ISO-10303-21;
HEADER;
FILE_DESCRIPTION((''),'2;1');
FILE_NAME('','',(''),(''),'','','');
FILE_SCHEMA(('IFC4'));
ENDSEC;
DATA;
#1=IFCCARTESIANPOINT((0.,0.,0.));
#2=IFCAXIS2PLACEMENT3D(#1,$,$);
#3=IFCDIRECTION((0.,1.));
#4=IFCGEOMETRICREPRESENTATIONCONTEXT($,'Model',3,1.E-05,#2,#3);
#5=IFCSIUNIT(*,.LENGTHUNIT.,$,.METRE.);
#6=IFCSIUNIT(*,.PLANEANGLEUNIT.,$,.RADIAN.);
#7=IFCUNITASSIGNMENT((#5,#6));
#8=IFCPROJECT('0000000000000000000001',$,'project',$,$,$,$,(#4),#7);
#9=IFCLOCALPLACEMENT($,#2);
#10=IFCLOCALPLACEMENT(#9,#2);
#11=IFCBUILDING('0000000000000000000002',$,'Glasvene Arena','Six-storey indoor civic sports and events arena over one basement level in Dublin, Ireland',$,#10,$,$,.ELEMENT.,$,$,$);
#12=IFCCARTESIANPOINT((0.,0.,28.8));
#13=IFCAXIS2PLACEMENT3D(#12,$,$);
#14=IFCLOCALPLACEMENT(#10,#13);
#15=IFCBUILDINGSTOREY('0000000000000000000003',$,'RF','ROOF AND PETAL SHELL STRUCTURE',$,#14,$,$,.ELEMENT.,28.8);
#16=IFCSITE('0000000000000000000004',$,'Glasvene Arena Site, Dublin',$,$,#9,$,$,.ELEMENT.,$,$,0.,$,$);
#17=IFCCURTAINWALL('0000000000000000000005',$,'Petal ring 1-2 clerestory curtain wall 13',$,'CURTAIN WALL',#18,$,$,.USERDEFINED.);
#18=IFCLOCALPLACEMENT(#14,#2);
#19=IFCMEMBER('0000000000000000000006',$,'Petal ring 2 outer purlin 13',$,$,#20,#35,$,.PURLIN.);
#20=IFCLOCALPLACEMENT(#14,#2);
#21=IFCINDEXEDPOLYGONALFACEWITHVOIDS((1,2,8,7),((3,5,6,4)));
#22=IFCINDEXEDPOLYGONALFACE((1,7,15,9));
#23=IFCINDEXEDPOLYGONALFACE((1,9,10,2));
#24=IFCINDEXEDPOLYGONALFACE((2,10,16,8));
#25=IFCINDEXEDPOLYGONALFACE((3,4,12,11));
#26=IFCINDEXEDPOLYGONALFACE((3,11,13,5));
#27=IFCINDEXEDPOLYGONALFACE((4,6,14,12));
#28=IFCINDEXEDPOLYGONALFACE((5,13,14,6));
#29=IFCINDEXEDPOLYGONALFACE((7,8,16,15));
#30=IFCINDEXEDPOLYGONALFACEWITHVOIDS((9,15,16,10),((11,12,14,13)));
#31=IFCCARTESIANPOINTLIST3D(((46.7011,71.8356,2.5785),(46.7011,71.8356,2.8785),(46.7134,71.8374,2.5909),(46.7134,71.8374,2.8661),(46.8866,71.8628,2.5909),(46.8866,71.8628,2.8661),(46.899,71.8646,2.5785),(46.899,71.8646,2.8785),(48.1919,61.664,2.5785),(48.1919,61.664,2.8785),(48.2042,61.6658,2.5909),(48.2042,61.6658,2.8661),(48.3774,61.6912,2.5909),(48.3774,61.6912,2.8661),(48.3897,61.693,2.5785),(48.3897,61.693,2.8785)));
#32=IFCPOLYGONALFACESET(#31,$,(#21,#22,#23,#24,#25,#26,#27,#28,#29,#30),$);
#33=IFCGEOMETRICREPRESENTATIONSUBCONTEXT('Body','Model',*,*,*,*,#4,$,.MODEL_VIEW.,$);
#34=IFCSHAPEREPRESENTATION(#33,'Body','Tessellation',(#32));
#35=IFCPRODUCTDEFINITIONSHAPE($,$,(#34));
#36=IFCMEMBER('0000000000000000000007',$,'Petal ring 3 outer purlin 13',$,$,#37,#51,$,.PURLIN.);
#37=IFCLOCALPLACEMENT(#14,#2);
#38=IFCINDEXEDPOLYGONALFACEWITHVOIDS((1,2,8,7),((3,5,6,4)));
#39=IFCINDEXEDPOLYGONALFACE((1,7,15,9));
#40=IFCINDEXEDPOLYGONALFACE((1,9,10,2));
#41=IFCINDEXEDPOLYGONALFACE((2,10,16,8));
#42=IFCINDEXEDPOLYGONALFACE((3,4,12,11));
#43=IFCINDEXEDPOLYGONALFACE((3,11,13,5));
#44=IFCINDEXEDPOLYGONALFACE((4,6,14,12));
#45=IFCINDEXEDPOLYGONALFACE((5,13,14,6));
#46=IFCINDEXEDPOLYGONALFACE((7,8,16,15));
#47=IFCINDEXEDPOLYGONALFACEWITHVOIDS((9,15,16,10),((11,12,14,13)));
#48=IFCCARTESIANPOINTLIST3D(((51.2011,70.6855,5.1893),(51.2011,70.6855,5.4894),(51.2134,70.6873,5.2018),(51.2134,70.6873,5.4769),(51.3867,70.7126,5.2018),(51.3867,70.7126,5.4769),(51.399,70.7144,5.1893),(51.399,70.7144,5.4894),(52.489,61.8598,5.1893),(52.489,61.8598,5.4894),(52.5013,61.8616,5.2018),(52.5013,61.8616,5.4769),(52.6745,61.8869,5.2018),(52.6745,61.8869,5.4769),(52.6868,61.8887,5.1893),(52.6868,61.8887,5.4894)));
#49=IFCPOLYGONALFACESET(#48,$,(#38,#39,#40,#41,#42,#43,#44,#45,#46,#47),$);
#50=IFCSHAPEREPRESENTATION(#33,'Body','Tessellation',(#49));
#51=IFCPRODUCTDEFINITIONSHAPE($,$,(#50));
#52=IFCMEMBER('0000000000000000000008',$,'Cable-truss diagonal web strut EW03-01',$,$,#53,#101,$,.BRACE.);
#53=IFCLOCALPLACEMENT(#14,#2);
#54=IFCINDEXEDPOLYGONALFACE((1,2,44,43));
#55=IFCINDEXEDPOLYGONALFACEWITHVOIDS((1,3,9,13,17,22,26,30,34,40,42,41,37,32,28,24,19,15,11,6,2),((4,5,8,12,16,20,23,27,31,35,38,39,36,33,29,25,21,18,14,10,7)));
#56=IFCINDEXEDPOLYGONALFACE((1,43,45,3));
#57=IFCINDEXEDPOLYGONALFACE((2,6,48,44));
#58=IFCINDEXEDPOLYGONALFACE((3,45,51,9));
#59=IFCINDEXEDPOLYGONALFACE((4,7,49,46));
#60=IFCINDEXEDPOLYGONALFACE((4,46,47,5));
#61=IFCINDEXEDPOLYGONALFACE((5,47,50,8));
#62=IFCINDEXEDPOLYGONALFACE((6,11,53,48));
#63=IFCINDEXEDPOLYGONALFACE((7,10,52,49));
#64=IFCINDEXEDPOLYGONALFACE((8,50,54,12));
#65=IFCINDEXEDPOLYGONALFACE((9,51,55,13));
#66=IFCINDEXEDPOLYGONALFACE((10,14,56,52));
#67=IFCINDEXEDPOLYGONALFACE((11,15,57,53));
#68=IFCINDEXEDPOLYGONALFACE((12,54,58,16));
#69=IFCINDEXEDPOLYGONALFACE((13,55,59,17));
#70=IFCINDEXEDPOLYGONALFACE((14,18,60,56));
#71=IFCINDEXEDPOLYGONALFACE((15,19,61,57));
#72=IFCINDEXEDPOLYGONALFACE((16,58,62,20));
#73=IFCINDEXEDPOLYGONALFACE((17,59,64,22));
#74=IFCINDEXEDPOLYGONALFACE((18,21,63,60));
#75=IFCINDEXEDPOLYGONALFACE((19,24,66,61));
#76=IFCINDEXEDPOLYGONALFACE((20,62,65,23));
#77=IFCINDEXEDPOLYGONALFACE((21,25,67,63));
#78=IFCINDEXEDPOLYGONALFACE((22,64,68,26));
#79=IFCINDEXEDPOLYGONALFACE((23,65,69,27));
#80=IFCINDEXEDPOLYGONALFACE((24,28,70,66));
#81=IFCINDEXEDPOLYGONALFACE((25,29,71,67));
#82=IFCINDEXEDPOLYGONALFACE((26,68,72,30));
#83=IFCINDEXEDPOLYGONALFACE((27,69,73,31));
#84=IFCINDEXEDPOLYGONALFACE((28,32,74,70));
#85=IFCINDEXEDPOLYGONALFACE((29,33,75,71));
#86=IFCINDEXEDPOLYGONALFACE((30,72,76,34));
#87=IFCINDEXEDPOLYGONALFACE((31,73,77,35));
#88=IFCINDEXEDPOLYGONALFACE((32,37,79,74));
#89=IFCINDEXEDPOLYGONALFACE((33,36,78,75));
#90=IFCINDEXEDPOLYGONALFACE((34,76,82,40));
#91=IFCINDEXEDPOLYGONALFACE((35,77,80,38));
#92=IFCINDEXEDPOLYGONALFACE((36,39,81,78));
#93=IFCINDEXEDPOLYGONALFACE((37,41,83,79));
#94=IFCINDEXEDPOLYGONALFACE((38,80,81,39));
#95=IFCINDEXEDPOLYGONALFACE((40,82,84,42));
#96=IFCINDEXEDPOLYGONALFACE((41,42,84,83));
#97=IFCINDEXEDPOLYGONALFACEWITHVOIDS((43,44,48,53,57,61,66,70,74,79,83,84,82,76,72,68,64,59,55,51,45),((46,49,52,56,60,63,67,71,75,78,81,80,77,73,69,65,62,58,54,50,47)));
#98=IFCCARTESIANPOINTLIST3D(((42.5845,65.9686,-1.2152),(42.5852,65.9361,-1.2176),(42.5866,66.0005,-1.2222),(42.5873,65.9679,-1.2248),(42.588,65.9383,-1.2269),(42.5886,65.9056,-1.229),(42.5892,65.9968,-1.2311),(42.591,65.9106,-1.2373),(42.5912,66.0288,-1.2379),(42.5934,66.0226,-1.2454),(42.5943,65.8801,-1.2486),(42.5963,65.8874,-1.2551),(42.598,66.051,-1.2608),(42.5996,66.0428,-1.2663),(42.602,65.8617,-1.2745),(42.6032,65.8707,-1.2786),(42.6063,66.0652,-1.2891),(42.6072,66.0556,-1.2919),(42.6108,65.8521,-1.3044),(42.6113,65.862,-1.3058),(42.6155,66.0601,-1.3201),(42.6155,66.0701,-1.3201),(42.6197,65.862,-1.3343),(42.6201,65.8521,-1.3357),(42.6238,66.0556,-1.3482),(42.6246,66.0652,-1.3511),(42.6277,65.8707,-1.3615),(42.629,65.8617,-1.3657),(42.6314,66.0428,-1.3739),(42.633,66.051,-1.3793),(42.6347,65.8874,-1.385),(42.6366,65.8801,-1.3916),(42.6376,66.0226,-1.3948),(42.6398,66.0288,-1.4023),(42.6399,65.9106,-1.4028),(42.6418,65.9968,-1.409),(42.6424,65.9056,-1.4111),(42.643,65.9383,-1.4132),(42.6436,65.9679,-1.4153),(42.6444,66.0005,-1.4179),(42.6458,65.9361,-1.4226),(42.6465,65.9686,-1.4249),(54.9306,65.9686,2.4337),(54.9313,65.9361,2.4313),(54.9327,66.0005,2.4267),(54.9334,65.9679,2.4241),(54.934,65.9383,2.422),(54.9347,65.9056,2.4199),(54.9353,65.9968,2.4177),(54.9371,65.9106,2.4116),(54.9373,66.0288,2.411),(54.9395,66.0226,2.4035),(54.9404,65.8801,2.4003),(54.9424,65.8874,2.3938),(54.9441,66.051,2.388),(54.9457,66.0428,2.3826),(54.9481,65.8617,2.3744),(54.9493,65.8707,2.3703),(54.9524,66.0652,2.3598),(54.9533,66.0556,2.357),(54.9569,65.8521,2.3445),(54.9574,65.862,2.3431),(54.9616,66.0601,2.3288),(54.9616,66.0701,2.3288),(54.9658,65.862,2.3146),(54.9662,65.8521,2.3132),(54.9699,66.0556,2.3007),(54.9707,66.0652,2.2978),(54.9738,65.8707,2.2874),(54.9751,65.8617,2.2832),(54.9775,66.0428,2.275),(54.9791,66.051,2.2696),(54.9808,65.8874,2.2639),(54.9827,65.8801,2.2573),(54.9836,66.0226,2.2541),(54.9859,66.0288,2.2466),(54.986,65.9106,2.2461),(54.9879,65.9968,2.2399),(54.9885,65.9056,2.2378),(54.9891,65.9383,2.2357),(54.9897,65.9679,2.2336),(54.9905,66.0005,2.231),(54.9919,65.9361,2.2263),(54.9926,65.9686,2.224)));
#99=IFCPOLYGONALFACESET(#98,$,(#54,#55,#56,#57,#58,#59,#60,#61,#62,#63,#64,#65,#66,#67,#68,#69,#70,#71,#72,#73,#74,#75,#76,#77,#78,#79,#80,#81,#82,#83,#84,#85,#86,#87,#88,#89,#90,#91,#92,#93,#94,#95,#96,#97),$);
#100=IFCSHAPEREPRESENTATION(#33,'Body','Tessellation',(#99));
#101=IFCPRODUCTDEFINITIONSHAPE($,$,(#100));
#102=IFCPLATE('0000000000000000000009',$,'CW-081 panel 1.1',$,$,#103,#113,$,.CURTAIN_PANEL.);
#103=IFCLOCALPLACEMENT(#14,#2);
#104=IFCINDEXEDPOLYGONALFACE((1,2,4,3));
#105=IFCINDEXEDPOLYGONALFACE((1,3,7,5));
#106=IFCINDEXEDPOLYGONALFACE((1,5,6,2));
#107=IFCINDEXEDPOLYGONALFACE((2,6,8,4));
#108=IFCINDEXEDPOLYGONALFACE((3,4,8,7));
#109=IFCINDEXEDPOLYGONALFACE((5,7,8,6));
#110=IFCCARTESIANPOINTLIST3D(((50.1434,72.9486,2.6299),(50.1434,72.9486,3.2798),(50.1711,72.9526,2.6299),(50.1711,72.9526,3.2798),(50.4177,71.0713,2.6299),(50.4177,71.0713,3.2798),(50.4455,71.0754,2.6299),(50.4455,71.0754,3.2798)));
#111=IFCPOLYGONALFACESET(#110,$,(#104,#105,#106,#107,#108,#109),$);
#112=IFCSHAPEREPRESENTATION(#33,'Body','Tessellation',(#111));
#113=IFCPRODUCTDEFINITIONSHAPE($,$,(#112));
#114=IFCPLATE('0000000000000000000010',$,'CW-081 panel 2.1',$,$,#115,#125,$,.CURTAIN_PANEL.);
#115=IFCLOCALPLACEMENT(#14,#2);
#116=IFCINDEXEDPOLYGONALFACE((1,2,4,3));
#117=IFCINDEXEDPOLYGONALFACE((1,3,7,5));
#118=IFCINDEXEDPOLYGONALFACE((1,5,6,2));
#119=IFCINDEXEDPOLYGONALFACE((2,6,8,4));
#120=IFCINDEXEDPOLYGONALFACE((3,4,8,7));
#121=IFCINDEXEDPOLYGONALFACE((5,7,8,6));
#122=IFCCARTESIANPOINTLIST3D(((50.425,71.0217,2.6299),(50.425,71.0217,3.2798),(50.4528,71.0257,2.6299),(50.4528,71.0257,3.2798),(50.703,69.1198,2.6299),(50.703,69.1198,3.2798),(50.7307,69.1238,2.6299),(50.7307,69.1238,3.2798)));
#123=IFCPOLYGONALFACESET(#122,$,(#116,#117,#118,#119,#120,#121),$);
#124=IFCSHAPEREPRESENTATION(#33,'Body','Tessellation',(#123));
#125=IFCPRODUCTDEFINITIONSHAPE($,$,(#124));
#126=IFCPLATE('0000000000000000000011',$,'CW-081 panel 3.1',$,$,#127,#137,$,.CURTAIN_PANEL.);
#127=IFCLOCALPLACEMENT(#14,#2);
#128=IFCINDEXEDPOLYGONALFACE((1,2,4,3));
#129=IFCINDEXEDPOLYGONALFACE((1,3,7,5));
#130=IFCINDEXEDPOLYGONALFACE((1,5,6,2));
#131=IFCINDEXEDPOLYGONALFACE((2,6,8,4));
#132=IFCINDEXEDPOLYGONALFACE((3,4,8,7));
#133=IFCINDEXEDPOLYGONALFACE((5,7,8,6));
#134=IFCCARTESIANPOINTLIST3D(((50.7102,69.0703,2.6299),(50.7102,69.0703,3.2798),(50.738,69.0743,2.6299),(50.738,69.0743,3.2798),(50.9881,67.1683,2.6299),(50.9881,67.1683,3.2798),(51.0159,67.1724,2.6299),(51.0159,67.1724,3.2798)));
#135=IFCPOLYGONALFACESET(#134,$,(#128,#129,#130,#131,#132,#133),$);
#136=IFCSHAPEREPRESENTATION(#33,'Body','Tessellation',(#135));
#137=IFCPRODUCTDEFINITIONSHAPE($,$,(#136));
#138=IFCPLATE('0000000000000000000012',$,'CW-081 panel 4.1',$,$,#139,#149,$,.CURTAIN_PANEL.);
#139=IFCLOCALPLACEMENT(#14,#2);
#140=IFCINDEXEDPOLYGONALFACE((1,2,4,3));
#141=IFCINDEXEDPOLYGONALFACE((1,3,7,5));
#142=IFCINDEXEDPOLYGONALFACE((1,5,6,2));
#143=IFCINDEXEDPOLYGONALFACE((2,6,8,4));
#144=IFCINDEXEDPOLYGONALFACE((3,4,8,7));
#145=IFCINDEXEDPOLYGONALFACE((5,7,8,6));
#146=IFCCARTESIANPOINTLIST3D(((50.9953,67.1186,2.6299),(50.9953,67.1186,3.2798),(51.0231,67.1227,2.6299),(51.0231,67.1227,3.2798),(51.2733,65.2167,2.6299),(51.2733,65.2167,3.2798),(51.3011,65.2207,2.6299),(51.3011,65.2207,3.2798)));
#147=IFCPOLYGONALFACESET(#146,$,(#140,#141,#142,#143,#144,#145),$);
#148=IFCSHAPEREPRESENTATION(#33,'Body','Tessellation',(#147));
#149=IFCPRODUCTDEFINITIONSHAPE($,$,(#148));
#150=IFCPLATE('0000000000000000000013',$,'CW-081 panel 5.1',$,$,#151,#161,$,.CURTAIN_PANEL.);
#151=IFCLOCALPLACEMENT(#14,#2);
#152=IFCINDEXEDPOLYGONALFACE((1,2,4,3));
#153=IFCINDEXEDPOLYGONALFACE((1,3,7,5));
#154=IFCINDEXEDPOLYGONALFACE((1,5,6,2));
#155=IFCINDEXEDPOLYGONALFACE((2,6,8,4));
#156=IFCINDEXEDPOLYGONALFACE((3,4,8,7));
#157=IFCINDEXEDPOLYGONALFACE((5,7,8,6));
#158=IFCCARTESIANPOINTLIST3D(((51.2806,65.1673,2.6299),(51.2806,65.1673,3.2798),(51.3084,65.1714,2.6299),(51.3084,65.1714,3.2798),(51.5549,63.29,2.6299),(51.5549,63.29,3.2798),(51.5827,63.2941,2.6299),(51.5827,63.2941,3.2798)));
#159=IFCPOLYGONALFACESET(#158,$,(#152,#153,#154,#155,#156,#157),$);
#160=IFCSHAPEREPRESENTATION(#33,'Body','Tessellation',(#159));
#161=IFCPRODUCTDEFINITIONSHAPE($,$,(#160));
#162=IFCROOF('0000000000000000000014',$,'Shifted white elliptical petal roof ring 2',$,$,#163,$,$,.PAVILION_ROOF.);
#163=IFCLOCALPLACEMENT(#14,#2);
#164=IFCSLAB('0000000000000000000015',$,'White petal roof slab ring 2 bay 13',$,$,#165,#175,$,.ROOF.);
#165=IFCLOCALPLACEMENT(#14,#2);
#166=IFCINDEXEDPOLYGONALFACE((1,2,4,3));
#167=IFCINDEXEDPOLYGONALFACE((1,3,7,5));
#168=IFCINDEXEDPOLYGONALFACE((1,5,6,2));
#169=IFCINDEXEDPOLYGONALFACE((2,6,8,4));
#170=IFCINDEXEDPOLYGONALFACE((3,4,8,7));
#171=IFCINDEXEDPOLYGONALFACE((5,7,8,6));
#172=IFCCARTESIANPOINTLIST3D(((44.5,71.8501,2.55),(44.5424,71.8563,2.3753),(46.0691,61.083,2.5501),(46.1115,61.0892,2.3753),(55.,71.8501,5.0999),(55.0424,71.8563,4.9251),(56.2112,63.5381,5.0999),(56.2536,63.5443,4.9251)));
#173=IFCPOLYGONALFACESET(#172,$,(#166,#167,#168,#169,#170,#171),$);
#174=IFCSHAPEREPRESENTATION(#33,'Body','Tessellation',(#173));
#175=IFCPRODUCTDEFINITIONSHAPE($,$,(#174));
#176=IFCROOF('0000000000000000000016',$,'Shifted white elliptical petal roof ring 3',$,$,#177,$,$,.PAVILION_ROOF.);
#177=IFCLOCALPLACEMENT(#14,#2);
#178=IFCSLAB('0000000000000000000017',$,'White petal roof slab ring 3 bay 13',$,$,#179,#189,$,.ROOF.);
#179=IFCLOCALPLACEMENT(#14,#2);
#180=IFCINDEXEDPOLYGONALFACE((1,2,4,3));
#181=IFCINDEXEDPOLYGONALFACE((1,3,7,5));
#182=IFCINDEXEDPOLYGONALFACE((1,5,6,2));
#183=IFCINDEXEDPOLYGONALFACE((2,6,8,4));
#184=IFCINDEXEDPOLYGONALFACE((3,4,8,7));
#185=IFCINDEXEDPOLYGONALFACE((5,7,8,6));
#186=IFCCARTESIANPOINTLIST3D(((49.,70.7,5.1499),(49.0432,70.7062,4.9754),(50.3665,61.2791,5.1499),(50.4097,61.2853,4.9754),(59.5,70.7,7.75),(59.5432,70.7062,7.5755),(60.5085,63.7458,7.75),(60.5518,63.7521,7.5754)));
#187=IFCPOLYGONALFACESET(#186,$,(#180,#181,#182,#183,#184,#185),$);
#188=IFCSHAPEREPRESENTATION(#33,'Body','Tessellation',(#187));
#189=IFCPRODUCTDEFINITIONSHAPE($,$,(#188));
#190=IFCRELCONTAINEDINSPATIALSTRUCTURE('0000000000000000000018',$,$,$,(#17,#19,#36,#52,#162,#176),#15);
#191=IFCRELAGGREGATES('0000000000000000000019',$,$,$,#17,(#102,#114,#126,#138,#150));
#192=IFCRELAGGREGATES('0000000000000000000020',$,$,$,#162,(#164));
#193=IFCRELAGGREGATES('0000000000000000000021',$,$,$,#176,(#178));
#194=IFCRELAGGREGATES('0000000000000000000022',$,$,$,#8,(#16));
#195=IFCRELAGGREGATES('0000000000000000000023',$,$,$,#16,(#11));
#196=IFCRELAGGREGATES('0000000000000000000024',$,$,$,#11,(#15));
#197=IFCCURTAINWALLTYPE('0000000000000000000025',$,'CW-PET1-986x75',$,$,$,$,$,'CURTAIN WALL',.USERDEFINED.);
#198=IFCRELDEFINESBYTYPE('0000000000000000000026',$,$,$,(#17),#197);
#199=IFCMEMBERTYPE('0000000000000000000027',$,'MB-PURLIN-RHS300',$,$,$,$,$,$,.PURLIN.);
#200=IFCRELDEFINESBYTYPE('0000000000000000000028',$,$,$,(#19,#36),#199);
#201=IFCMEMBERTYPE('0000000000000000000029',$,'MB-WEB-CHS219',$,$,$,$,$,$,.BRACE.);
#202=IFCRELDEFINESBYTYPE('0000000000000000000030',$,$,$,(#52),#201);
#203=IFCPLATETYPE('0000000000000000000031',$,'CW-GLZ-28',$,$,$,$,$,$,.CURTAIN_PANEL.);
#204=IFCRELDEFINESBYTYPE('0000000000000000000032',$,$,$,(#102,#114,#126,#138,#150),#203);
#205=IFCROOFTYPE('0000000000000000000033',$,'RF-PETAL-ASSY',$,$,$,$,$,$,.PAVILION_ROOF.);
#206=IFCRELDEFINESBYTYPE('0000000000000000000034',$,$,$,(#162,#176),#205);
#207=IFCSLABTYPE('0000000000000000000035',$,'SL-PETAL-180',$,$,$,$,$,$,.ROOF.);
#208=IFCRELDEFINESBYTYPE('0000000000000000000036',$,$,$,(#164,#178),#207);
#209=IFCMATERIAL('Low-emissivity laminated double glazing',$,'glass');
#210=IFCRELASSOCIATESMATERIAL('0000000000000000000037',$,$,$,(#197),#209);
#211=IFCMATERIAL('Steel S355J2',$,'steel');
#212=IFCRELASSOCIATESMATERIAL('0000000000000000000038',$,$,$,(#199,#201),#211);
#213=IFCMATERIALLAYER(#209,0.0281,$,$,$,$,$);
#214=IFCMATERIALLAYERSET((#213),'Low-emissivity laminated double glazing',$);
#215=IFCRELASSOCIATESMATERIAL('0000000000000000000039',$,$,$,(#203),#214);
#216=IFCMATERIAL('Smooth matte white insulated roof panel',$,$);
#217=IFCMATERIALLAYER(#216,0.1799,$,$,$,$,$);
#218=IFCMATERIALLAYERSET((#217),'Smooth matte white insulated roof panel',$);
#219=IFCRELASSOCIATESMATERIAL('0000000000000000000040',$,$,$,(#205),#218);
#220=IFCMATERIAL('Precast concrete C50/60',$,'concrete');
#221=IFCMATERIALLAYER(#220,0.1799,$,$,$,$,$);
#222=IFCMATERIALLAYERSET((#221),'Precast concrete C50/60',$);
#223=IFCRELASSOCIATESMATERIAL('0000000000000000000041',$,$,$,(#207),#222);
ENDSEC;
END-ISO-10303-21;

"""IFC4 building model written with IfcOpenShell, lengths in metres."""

from ifc_helpers import new_model, si_unit, direction, frame, origin, origin_2d, place, context, subcontext, project, spatial, polyline, rectangle, hollow_rectangle, hollow_circle, outline, extrude, material, layer, layer_set, material_profile, profile_set, type_object, element, aggregate, save


model = new_model("IFC4")

# Units and contexts
model_context = context("Model", 3, precision=1e-05, world=origin(), true_north=direction((0.0, 1.0)))
body_context = subcontext(model_context, "Body", "Model", "MODEL_VIEW")
ifc_project = project(units=[si_unit("LENGTHUNIT", "METRE"), si_unit("PLANEANGLEUNIT", "RADIAN")], contexts=[model_context])

# Site, building, storey
site_placement = place(None, origin())
site = spatial("IfcSite", under=ifc_project, at=site_placement, Name="Glasvene Arena Site, Dublin", CompositionType="ELEMENT", RefElevation=0.0)
building_placement = place(site_placement, origin())
building = spatial("IfcBuilding", under=site, at=building_placement, Name="Glasvene Arena", Description="Six-storey indoor civic sports and events arena over one basement level in Dublin, Ireland", CompositionType="ELEMENT")
storey_placement = place(building_placement, frame((0.0, 0.0, 28.8)))
storey = spatial("IfcBuildingStorey", under=building, at=storey_placement, Name="RF", Description="ROOF AND PETAL SHELL STRUCTURE", CompositionType="ELEMENT", Elevation=28.8)

# Curtain wall
ifc_material_1 = material(Name="Low-emissivity laminated double glazing", Category="glass")
curtain_wall_type_1 = type_object("IfcCurtainWallType", Name="CW-PET1-986x75", ElementType="CURTAIN WALL", PredefinedType="USERDEFINED", material=ifc_material_1)
curtain_wall_1_placement = place(storey_placement, frame((50.1499, 73.0, 0.0)))
curtain_wall_1 = element("IfcCurtainWall", 1, at=curtain_wall_1_placement, inside=storey, type_object=curtain_wall_type_1, Name="Petal ring 1-2 clerestory curtain wall 13", ObjectType="CURTAIN WALL", PredefinedType="USERDEFINED")

# Members
ifc_material_2 = material(Name="Steel S355J2", Category="steel")
ifc_material_profile_1 = material_profile(ifc_material_2, hollow_rectangle(XDim=0.2, YDim=0.3, WallThickness=0.0125, at=origin_2d()), Name="RHS 300x200x12.5")
ifc_profile_set_1 = profile_set([ifc_material_profile_1], Name="Steel S355J2")
member_type_1 = type_object("IfcMemberType", Name="MB-PURLIN-RHS300", PredefinedType="PURLIN", material=ifc_profile_set_1)
member_1_placement = place(storey_placement, frame((46.8, 71.8501, 2.7285), z_axis=(0.145008, -0.989431, 0.0), x_axis=(0.989431, 0.145008, 0.0)))
element("IfcMember", 2, at=member_1_placement, inside=storey, type_object=member_type_1, Name="Petal ring 2 outer purlin 13", PredefinedType="PURLIN", context=body_context, shape_type="SweptSolid", body=[
    extrude(hollow_rectangle(XDim=0.2, YDim=0.3, WallThickness=0.0125, at=origin_2d()), origin(), (0.0, 0.0, 1.0), 10.2803),
])
member_2_placement = place(storey_placement, frame((51.3, 70.7, 5.3394), z_axis=(0.144391, -0.989521, 0.0), x_axis=(0.989521, 0.144391, 0.0)))
element("IfcMember", 3, at=member_2_placement, inside=storey, type_object=member_type_1, Name="Petal ring 3 outer purlin 13", PredefinedType="PURLIN", context=body_context, shape_type="SweptSolid", body=[
    extrude(hollow_rectangle(XDim=0.2, YDim=0.3, WallThickness=0.0125, at=origin_2d()), origin(), (0.0, 0.0, 1.0), 8.9192),
])
ifc_material_profile_2 = material_profile(ifc_material_2, hollow_circle(Radius=0.1096, WallThickness=0.01, at=origin_2d()), Name="CHS 219.1x10.0")
ifc_profile_set_2 = profile_set([ifc_material_profile_2], Name="Steel S355J2")
member_type_2 = type_object("IfcMemberType", Name="MB-WEB-CHS219", PredefinedType="BRACE", material=ifc_profile_set_2)
member_3_placement = place(storey_placement, frame((42.6155, 65.9604, -1.3201), z_axis=(0.958993, 0.0, 0.283431), x_axis=(0.0, 1.0, 0.0)))
element("IfcMember", 4, at=member_3_placement, inside=storey, type_object=member_type_2, Name="Cable-truss diagonal web strut EW03-01", PredefinedType="BRACE", context=body_context, shape_type="SweptSolid", body=[
    extrude(hollow_circle(Radius=0.1096, WallThickness=0.01, at=origin_2d()), origin(), (0.0, 0.0, 1.0), 12.874),
])

# Plates
ifc_layer_1 = layer(ifc_material_1, 0.0281)
ifc_layer_set_1 = layer_set([ifc_layer_1], Name="Low-emissivity laminated double glazing")
plate_type = type_object("IfcPlateType", Name="CW-GLZ-28", PredefinedType="CURTAIN_PANEL", material=ifc_layer_set_1)
plate_1_placement = place(storey_placement, frame((50.2944, 72.012, 2.6299), z_axis=(0.0, 0.0, 1.0), x_axis=(0.144608, -0.989489, 0.0)))
plate_1 = element("IfcPlate", 5, at=plate_1_placement, type_object=plate_type, Name="CW-081 panel 1.1", PredefinedType="CURTAIN_PANEL", context=body_context, shape_type="SweptSolid", body=[
    extrude(rectangle(XDim=1.8972, YDim=0.0281, at=origin_2d()), origin(), (0.0, 0.0, 1.0), 0.6499),
])
plate_2_placement = place(storey_placement, frame((50.5779, 70.0728, 2.6299), z_axis=(0.0, 0.0, 1.0), x_axis=(0.144608, -0.989489, 0.0)))
plate_2 = element("IfcPlate", 6, at=plate_2_placement, type_object=plate_type, Name="CW-081 panel 2.1", PredefinedType="CURTAIN_PANEL", context=body_context, shape_type="SweptSolid", body=[
    extrude(rectangle(XDim=1.9221, YDim=0.0281, at=origin_2d()), origin(), (0.0, 0.0, 1.0), 0.6499),
])
plate_3_placement = place(storey_placement, frame((50.863, 68.1213, 2.6299), z_axis=(0.0, 0.0, 1.0), x_axis=(0.144608, -0.989489, 0.0)))
plate_3 = element("IfcPlate", 7, at=plate_3_placement, type_object=plate_type, Name="CW-081 panel 3.1", PredefinedType="CURTAIN_PANEL", context=body_context, shape_type="SweptSolid", body=[
    extrude(rectangle(XDim=1.9221, YDim=0.0281, at=origin_2d()), origin(), (0.0, 0.0, 1.0), 0.6499),
])
plate_4_placement = place(storey_placement, frame((51.1482, 66.1697, 2.6299), z_axis=(0.0, 0.0, 1.0), x_axis=(0.144608, -0.989489, 0.0)))
plate_4 = element("IfcPlate", 8, at=plate_4_placement, type_object=plate_type, Name="CW-081 panel 4.1", PredefinedType="CURTAIN_PANEL", context=body_context, shape_type="SweptSolid", body=[
    extrude(rectangle(XDim=1.9221, YDim=0.0281, at=origin_2d()), origin(), (0.0, 0.0, 1.0), 0.6499),
])
plate_5_placement = place(storey_placement, frame((51.4316, 64.2307, 2.6299), z_axis=(0.0, 0.0, 1.0), x_axis=(0.144608, -0.989489, 0.0)))
plate_5 = element("IfcPlate", 9, at=plate_5_placement, type_object=plate_type, Name="CW-081 panel 5.1", PredefinedType="CURTAIN_PANEL", context=body_context, shape_type="SweptSolid", body=[
    extrude(rectangle(XDim=1.8972, YDim=0.0281, at=origin_2d()), origin(), (0.0, 0.0, 1.0), 0.6499),
])
aggregate(curtain_wall_1, [plate_1, plate_2, plate_3, plate_4, plate_5])

# Roofs, slabs
ifc_material_3 = material(Name="Smooth matte white insulated roof panel")
ifc_layer_2 = layer(ifc_material_3, 0.1799)
ifc_layer_set_2 = layer_set([ifc_layer_2], Name="Smooth matte white insulated roof panel")
roof_type = type_object("IfcRoofType", Name="RF-PETAL-ASSY", PredefinedType="PAVILION_ROOF", material=ifc_layer_set_2)
roof_1_placement = place(storey_placement, frame((90.55, 71.8501, 2.55)))
roof_1 = element("IfcRoof", 10, at=roof_1_placement, inside=storey, type_object=roof_type, Name="Shifted white elliptical petal roof ring 2", PredefinedType="PAVILION_ROOF")
ifc_material_4 = material(Name="Precast concrete C50/60", Category="concrete")
ifc_layer_3 = layer(ifc_material_4, 0.1799)
ifc_layer_set_3 = layer_set([ifc_layer_3], Name="Precast concrete C50/60")
slab_type = type_object("IfcSlabType", Name="SL-PETAL-180", PredefinedType="ROOF", material=ifc_layer_set_3)
slab_1_placement = place(storey_placement, frame((44.5, 71.8501, 2.55), z_axis=(-0.235842, -0.034368, 0.971183), x_axis=(0.144207, -0.989548, 0.000002)))
slab_1 = element("IfcSlab", 11, at=slab_1_placement, type_object=slab_type, Name="White petal roof slab ring 2 bay 13", PredefinedType="ROOF", context=body_context, shape_type="SweptSolid", body=[
    extrude(outline(polyline([(0.0, 0.0), (10.8808, 0.0), (9.914, 10.6984), (1.5142, 10.6985), (0.0, 0.0)])), origin(), (0.0, 0.0, -1.0), 0.1799),
])
aggregate(roof_1, [slab_1])
roof_2_placement = place(storey_placement, frame((89.1001, 70.7, 5.1499)))
roof_2 = element("IfcRoof", 12, at=roof_2_placement, inside=storey, type_object=roof_type, Name="Shifted white elliptical petal roof ring 3", PredefinedType="PAVILION_ROOF")
slab_2_placement = place(storey_placement, frame((49.0, 70.7, 5.1499), z_axis=(-0.240224, -0.034842, 0.970092), x_axis=(0.143543, -0.989644, 0.000002)))
slab_2 = element("IfcSlab", 13, at=slab_2_placement, type_object=slab_type, Name="White petal roof slab ring 3 bay 13", PredefinedType="ROOF", context=body_context, shape_type="SweptSolid", body=[
    extrude(outline(polyline([(0.0, 0.0), (9.5195, 0.0), (8.5341, 10.7115), (1.5072, 10.7116), (0.0, 0.0)])), origin(), (0.0, 0.0, -1.0), 0.1799),
])
aggregate(roof_2, [slab_2])

save(model, "model.ifc")
